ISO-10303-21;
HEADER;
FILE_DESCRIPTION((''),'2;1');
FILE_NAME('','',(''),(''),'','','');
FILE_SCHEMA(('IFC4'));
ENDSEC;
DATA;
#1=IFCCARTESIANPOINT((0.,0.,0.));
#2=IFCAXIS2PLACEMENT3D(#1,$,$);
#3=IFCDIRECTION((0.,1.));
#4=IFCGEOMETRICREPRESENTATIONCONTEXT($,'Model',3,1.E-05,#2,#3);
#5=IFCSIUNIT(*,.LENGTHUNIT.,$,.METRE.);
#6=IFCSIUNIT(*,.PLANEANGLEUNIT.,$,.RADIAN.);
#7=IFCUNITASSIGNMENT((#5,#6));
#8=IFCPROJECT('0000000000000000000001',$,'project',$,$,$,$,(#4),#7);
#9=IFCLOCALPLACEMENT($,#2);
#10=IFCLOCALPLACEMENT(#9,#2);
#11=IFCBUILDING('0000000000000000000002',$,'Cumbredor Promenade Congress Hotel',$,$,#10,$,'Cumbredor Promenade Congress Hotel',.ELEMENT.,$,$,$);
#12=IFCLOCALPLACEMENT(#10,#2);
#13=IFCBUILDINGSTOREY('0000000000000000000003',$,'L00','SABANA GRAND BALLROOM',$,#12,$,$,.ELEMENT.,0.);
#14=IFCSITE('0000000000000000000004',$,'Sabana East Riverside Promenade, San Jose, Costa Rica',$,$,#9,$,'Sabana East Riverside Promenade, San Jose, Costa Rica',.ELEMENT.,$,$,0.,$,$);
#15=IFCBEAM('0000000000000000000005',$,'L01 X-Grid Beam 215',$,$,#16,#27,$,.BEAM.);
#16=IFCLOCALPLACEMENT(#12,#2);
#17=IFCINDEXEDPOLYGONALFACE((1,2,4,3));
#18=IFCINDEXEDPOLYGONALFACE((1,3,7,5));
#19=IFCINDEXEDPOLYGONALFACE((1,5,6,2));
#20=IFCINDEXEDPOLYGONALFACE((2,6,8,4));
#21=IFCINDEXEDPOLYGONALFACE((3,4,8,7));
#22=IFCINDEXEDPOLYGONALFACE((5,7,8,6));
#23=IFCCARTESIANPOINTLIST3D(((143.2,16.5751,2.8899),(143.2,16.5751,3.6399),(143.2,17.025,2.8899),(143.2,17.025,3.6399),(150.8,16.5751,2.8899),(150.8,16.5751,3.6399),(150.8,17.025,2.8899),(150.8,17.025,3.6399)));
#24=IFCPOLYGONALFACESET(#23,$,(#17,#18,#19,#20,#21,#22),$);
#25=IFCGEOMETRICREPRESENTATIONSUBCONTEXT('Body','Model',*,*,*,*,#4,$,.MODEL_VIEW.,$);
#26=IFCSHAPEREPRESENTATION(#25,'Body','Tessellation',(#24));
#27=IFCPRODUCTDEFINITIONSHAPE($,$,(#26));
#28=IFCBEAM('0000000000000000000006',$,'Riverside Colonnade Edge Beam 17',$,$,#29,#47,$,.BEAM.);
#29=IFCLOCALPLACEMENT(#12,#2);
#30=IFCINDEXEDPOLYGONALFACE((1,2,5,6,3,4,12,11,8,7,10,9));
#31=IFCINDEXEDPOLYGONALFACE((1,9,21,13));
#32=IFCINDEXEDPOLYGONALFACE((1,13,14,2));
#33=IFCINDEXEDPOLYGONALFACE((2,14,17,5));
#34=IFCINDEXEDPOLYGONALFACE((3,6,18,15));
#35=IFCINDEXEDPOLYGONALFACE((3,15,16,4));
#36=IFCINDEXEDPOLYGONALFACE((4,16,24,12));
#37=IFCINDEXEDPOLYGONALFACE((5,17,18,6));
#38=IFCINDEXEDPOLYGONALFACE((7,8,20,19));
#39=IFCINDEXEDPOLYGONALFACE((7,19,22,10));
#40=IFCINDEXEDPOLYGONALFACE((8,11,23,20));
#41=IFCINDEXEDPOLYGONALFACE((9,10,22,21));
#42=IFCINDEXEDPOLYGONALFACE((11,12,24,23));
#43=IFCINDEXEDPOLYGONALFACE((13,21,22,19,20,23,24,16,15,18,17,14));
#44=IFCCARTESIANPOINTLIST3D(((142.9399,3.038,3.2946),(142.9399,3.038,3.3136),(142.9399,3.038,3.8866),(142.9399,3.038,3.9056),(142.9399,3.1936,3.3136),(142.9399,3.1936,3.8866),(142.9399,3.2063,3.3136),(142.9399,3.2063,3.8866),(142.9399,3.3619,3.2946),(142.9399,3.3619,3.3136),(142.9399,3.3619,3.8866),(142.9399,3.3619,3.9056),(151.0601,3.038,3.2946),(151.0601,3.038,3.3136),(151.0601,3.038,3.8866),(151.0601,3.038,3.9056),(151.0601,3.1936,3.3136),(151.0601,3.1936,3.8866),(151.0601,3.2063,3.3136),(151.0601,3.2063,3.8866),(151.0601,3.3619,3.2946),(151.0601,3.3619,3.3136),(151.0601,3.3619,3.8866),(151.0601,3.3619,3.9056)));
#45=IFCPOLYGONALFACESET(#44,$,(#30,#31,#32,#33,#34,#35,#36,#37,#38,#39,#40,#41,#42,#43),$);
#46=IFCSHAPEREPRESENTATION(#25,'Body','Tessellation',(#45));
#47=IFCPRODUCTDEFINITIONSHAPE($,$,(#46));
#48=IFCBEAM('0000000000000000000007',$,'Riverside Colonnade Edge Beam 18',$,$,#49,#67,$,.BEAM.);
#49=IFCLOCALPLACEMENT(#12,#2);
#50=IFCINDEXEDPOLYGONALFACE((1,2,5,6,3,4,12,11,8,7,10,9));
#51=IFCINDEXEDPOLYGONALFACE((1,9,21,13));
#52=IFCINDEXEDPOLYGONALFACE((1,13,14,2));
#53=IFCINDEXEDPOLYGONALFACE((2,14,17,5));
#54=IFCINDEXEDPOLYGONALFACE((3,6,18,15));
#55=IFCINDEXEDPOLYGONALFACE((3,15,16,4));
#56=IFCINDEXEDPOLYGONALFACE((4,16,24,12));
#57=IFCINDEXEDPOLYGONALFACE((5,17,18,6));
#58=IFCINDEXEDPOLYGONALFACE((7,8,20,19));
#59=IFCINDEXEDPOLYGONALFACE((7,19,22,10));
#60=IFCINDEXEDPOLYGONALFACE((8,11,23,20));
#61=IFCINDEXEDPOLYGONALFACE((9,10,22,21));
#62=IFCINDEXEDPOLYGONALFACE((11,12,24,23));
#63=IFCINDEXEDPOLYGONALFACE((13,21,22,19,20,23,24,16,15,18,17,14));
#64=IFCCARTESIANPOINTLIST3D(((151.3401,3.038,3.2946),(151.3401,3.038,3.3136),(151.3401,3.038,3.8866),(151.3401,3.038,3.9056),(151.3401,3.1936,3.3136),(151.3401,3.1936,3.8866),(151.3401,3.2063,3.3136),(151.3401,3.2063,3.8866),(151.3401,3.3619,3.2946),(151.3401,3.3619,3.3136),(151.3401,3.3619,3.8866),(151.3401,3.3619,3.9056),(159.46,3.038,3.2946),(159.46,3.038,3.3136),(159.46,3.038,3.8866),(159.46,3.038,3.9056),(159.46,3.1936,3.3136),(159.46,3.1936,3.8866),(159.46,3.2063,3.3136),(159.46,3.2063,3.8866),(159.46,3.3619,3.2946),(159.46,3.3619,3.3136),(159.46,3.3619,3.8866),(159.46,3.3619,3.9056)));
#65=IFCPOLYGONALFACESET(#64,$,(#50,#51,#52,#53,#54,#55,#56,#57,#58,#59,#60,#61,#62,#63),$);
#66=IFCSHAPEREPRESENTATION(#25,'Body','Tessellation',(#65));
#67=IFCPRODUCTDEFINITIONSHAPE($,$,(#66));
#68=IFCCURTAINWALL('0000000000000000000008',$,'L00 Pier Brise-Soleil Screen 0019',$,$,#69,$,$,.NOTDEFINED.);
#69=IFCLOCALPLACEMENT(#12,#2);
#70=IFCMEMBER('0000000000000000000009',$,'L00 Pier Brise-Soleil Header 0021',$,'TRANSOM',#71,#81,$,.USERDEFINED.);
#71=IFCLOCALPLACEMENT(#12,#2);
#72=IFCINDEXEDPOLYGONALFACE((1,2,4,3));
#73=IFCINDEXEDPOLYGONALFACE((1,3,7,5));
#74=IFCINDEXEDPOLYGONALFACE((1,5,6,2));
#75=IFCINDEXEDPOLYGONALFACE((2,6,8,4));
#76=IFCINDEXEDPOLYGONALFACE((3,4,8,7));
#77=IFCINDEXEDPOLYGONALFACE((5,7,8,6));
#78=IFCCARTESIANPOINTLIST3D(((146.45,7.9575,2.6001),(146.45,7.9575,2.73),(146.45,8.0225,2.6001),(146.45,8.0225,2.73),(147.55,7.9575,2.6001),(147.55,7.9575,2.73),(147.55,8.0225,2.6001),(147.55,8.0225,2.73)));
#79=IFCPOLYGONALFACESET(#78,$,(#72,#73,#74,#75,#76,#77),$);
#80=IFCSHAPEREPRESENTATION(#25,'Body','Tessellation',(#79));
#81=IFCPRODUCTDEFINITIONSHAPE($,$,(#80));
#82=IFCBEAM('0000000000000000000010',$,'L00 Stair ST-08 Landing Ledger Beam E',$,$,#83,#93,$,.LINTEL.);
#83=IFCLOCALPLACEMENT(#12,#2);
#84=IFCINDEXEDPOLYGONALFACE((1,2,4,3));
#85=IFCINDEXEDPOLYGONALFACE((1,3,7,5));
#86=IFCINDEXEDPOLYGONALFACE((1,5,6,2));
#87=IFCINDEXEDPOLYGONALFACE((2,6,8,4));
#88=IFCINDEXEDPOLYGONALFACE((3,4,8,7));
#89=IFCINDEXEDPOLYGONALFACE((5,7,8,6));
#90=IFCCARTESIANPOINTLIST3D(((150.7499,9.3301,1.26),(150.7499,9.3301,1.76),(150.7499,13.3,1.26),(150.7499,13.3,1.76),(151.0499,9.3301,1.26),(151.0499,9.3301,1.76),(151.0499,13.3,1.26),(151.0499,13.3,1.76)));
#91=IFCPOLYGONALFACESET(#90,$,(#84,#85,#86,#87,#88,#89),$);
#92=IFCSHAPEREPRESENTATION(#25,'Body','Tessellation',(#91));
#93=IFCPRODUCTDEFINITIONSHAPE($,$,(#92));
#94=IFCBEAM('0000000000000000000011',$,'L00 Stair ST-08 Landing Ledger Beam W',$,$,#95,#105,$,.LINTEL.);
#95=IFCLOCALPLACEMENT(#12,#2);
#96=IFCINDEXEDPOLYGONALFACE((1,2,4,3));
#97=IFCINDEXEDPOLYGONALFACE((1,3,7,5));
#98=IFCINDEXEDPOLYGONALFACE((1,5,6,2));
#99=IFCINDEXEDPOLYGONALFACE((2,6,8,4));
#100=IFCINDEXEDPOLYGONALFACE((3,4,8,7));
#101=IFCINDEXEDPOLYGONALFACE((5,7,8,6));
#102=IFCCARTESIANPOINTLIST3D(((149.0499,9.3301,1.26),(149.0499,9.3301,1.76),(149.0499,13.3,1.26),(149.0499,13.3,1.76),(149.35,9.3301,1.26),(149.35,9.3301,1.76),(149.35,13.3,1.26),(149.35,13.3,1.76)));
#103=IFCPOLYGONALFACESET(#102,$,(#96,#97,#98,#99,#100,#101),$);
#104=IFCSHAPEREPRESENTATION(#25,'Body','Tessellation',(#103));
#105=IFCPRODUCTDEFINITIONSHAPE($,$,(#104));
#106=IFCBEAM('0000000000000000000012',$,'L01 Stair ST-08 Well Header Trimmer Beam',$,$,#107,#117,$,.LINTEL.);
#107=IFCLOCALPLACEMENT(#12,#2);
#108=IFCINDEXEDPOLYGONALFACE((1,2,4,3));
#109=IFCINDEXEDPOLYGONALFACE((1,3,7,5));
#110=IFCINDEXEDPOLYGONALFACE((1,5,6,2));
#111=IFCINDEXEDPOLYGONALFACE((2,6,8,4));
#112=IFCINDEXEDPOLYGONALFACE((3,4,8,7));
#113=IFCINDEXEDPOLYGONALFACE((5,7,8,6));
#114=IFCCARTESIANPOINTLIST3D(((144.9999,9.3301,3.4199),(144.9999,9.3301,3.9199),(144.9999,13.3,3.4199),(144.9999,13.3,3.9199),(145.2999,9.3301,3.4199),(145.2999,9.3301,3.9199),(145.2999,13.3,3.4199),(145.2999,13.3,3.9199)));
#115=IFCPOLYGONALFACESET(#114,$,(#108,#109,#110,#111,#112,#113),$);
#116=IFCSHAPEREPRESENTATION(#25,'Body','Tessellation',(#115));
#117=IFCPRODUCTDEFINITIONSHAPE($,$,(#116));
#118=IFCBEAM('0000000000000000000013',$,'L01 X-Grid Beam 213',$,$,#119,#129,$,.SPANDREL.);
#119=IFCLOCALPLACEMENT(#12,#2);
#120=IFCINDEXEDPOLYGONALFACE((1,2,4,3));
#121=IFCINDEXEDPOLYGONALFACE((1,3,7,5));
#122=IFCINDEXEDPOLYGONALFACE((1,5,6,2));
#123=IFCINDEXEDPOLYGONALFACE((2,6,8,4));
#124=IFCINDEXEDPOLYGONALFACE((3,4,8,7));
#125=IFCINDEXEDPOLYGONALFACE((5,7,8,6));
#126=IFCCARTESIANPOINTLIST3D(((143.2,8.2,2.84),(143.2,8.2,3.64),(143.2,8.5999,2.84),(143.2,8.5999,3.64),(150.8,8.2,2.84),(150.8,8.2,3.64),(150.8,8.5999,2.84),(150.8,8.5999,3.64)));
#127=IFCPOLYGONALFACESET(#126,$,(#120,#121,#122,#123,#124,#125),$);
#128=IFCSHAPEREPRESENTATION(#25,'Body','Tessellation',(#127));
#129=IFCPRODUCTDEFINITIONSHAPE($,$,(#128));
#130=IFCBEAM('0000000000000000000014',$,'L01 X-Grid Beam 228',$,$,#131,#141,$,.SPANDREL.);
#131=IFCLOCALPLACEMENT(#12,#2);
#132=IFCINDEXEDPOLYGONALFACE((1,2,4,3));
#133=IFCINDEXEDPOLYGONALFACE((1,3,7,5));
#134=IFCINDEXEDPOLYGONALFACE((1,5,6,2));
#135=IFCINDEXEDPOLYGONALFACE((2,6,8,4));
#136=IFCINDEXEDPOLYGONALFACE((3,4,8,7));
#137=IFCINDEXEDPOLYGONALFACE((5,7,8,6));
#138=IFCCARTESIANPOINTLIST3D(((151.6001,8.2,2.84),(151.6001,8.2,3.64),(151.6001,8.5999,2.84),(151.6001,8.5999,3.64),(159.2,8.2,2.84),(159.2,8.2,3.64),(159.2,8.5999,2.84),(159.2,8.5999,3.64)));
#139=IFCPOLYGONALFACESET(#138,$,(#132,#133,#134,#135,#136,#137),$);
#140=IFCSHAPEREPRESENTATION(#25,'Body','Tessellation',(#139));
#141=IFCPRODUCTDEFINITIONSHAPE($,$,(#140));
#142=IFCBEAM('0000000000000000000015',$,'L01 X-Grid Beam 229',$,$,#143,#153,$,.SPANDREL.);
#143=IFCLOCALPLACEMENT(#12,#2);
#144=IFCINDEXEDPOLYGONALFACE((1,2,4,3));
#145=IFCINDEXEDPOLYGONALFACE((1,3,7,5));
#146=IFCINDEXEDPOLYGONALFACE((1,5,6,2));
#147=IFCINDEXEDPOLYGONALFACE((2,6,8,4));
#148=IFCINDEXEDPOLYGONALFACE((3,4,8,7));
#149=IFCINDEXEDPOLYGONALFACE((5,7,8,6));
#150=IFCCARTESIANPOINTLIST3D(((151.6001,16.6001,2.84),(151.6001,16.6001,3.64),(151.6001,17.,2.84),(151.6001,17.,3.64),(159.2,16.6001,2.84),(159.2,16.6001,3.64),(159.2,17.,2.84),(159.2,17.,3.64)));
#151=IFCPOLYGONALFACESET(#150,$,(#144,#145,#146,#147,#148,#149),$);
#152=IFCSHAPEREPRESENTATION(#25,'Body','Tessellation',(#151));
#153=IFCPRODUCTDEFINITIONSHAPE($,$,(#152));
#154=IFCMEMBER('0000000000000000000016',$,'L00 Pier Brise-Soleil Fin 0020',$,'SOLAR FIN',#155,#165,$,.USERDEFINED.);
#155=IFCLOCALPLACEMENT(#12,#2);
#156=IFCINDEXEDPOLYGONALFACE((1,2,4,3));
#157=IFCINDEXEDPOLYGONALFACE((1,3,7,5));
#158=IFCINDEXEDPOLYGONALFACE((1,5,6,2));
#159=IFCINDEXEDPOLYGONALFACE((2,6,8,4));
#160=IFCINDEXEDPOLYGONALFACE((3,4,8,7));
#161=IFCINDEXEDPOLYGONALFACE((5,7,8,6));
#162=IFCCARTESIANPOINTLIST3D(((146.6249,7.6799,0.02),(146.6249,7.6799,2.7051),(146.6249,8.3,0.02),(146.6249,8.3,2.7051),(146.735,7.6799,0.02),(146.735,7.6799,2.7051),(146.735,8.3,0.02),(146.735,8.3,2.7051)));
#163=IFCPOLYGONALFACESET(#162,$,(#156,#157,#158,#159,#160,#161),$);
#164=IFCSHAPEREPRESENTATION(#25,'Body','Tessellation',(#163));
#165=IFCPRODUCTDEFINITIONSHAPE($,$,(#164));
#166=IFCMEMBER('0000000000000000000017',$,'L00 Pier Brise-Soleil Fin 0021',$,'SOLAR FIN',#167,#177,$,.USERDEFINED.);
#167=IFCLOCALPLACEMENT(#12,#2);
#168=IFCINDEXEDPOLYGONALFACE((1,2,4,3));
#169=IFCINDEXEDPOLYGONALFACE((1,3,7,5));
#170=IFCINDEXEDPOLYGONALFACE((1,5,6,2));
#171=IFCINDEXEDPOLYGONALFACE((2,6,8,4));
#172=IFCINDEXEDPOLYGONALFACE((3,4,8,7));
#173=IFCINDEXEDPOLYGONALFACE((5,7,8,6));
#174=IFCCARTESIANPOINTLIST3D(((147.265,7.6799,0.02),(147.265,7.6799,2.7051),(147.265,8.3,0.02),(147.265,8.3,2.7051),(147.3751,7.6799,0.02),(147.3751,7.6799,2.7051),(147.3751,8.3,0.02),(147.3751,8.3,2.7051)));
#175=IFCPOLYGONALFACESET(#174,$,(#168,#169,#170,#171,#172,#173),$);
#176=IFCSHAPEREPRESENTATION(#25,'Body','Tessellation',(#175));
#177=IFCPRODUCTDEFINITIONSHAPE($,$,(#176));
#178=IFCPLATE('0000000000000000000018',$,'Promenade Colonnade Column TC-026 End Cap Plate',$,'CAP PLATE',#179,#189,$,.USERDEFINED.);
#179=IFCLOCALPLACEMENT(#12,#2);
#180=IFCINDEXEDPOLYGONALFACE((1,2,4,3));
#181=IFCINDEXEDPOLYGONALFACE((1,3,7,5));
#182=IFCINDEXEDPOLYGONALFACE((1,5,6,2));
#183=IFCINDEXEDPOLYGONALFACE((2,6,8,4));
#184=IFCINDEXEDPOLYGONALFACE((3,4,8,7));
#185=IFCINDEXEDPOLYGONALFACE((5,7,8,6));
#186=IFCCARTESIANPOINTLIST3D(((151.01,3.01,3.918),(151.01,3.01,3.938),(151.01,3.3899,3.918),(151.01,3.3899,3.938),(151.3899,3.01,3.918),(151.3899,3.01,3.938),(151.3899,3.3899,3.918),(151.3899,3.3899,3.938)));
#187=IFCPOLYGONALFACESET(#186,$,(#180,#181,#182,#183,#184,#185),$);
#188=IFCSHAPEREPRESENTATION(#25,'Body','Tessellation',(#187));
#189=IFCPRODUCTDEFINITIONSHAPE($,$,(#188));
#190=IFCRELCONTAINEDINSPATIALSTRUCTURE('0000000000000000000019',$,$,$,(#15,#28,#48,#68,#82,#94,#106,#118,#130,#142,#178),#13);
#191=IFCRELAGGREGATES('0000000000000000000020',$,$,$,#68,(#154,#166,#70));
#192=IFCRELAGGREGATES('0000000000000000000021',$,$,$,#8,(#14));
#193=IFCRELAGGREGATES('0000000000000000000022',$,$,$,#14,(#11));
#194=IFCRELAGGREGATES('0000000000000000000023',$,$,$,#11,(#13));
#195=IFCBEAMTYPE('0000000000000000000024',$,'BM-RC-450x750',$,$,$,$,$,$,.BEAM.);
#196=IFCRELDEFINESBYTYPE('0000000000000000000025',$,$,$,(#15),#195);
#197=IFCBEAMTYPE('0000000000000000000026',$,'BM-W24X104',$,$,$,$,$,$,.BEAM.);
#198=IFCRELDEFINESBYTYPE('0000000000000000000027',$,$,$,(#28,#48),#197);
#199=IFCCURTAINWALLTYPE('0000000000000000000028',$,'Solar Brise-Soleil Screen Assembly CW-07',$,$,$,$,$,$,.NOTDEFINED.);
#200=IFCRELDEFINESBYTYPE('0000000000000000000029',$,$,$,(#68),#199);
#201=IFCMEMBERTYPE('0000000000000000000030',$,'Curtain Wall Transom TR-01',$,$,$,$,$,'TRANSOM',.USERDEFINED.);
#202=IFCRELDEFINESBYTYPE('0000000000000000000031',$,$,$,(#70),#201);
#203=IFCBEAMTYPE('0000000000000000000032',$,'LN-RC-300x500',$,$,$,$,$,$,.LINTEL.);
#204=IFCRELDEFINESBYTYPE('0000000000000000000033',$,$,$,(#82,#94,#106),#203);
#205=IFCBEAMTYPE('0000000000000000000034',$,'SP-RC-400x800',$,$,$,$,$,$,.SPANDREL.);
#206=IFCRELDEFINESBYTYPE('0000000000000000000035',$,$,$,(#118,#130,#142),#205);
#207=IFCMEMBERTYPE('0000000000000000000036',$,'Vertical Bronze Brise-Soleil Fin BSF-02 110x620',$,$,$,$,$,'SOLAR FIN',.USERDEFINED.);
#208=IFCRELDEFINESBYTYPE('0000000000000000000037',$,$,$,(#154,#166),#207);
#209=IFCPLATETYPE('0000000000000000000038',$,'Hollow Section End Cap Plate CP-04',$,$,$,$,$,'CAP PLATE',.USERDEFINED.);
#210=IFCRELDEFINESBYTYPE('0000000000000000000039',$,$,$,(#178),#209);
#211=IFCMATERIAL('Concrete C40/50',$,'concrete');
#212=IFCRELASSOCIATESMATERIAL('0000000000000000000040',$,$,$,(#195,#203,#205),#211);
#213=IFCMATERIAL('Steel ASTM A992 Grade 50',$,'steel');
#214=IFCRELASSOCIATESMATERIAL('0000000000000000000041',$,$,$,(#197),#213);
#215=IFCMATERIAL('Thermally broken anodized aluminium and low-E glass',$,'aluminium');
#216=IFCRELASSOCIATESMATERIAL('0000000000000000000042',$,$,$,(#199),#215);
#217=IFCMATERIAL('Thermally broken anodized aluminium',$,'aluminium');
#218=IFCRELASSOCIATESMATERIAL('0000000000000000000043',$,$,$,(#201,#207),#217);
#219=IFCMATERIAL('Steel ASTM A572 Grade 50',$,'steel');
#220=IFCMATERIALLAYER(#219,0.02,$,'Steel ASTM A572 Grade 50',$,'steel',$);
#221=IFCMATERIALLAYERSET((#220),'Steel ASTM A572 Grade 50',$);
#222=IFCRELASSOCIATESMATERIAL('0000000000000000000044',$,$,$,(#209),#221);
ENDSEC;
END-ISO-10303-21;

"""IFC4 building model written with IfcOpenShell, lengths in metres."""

from ifc_helpers import new_model, si_unit, direction, frame, origin, origin_2d, place, context, subcontext, project, spatial, rectangle, i_section, extrude, material, layer, layer_set, material_profile, profile_set, type_object, element, aggregate, save


model = new_model("IFC4")

# Units and contexts
model_context = context("Model", 3, precision=1e-05, world=origin(), true_north=direction((0.0, 1.0)))
body_context = subcontext(model_context, "Body", "Model", "MODEL_VIEW")
ifc_project = project(units=[si_unit("LENGTHUNIT", "METRE"), si_unit("PLANEANGLEUNIT", "RADIAN")], contexts=[model_context])

# Site, building, storey
site_placement = place(None, origin())
site = spatial("IfcSite", under=ifc_project, at=site_placement, Name="Sabana East Riverside Promenade, San Jose, Costa Rica", LongName="Sabana East Riverside Promenade, San Jose, Costa Rica", CompositionType="ELEMENT", RefElevation=0.0)
building_placement = place(site_placement, origin())
building = spatial("IfcBuilding", under=site, at=building_placement, Name="Cumbredor Promenade Congress Hotel", LongName="Cumbredor Promenade Congress Hotel", CompositionType="ELEMENT")
storey_placement = place(building_placement, origin())
storey = spatial("IfcBuildingStorey", under=building, at=storey_placement, Name="L00", Description="SABANA GRAND BALLROOM", CompositionType="ELEMENT", Elevation=0.0)

# Beams
ifc_material_1 = material(Name="Concrete C40/50", Category="concrete")
ifc_material_profile_1 = material_profile(ifc_material_1, rectangle(XDim=0.45, YDim=0.75, at=origin_2d()), Name="RC BEAM 450x750")
ifc_profile_set_1 = profile_set([ifc_material_profile_1], Name="Concrete C40/50")
beam_type_1 = type_object("IfcBeamType", Name="BM-RC-450x750", PredefinedType="BEAM", material=ifc_profile_set_1)
beam_1_placement = place(storey_placement, frame((143.2, 16.8, 3.2649), z_axis=(1.0, 0.0, 0.0), x_axis=(0.0, 1.0, 0.0)))
element("IfcBeam", 1, at=beam_1_placement, inside=storey, type_object=beam_type_1, Name="L01 X-Grid Beam 215", PredefinedType="BEAM", context=body_context, shape_type="SweptSolid", body=[
    extrude(rectangle(XDim=0.45, YDim=0.75, at=origin_2d()), origin(), (0.0, 0.0, 1.0), 7.6001),
])
ifc_material_2 = material(Name="Steel ASTM A992 Grade 50", Category="steel")
ifc_material_profile_2 = material_profile(ifc_material_2, i_section(OverallWidth=0.324, OverallDepth=0.6111, WebThickness=0.0127, FlangeThickness=0.019, at=origin_2d()), Name="W24X104")
ifc_profile_set_2 = profile_set([ifc_material_profile_2], Name="Steel ASTM A992 Grade 50")
beam_type_2 = type_object("IfcBeamType", Name="BM-W24X104", PredefinedType="BEAM", material=ifc_profile_set_2)
beam_2_placement = place(storey_placement, frame((142.9399, 3.2, 3.6001), z_axis=(1.0, 0.0, 0.0), x_axis=(0.0, 1.0, 0.0)))
element("IfcBeam", 2, at=beam_2_placement, inside=storey, type_object=beam_type_2, Name="Riverside Colonnade Edge Beam 17", PredefinedType="BEAM", context=body_context, shape_type="SweptSolid", body=[
    extrude(i_section(OverallWidth=0.324, OverallDepth=0.6111, WebThickness=0.0127, FlangeThickness=0.019, at=origin_2d()), origin(), (0.0, 0.0, 1.0), 8.1201),
])
beam_3_placement = place(storey_placement, frame((151.3401, 3.2, 3.6001), z_axis=(1.0, 0.0, 0.0), x_axis=(0.0, 1.0, 0.0)))
element("IfcBeam", 3, at=beam_3_placement, inside=storey, type_object=beam_type_2, Name="Riverside Colonnade Edge Beam 18", PredefinedType="BEAM", context=body_context, shape_type="SweptSolid", body=[
    extrude(i_section(OverallWidth=0.324, OverallDepth=0.6111, WebThickness=0.0127, FlangeThickness=0.019, at=origin_2d()), origin(), (0.0, 0.0, 1.0), 8.1199),
])

# Curtain wall, member
ifc_material_3 = material(Name="Thermally broken anodized aluminium and low-E glass", Category="aluminium")
curtain_wall_type = type_object("IfcCurtainWallType", Name="Solar Brise-Soleil Screen Assembly CW-07", PredefinedType="NOTDEFINED", material=ifc_material_3)
curtain_wall_placement = place(storey_placement, origin())
curtain_wall = element("IfcCurtainWall", 4, at=curtain_wall_placement, inside=storey, type_object=curtain_wall_type, Name="L00 Pier Brise-Soleil Screen 0019", PredefinedType="NOTDEFINED")
ifc_material_4 = material(Name="Thermally broken anodized aluminium", Category="aluminium")
ifc_material_profile_3 = material_profile(ifc_material_4, rectangle(XDim=0.0649, YDim=0.1299, at=origin_2d()), Name="ALU TRANSOM 65x130")
ifc_profile_set_3 = profile_set([ifc_material_profile_3], Name="Thermally broken anodized aluminium")
member_type_1 = type_object("IfcMemberType", Name="Curtain Wall Transom TR-01", ElementType="TRANSOM", PredefinedType="USERDEFINED", material=ifc_profile_set_3)
member_1_placement = place(storey_placement, frame((146.45, 7.99, 2.665), z_axis=(1.0, 0.0, 0.0), x_axis=(0.0, 1.0, 0.0)))
member_1 = element("IfcMember", 5, at=member_1_placement, type_object=member_type_1, Name="L00 Pier Brise-Soleil Header 0021", ObjectType="TRANSOM", PredefinedType="USERDEFINED", context=body_context, shape_type="SweptSolid", body=[
    extrude(rectangle(XDim=0.0649, YDim=0.1299, at=origin_2d()), origin(), (0.0, 0.0, 1.0), 1.1001),
])

# Beams
ifc_material_profile_4 = material_profile(ifc_material_1, rectangle(XDim=0.3, YDim=0.5, at=origin_2d()), Name="RC LINTEL 300x500")
ifc_profile_set_4 = profile_set([ifc_material_profile_4], Name="Concrete C40/50")
beam_type_3 = type_object("IfcBeamType", Name="LN-RC-300x500", PredefinedType="LINTEL", material=ifc_profile_set_4)
for number, where, z_axis, x_axis, name in (
    (6, (150.8999, 9.3301, 1.51), (0.0, 1.0, 0.0), (-1.0, 0.0, 0.0), "L00 Stair ST-08 Landing Ledger Beam E"),
    (7, (149.2, 9.3301, 1.51), (0.0, 1.0, 0.0), (-1.0, 0.0, 0.0), "L00 Stair ST-08 Landing Ledger Beam W"),
    (8, (145.1499, 9.3301, 3.6699), (0.0, 1.0, 0.0), (-1.0, 0.0, 0.0), "L01 Stair ST-08 Well Header Trimmer Beam"),
):
    element("IfcBeam", number, at=place(storey_placement, frame(where, z_axis=z_axis, x_axis=x_axis)), inside=storey, type_object=beam_type_3, Name=name, PredefinedType="LINTEL", context=body_context, shape_type="SweptSolid", body=[
        extrude(rectangle(XDim=0.3, YDim=0.5, at=origin_2d()), origin(), (0.0, 0.0, 1.0), 3.97),
    ])
ifc_material_profile_5 = material_profile(ifc_material_1, rectangle(XDim=0.3999, YDim=0.8, at=origin_2d()), Name="RC SPANDREL 400x800")
ifc_profile_set_5 = profile_set([ifc_material_profile_5], Name="Concrete C40/50")
beam_type_4 = type_object("IfcBeamType", Name="SP-RC-400x800", PredefinedType="SPANDREL", material=ifc_profile_set_5)
beam_4_placement = place(storey_placement, frame((143.2, 8.3999, 3.24), z_axis=(1.0, 0.0, 0.0), x_axis=(0.0, 1.0, 0.0)))
element("IfcBeam", 9, at=beam_4_placement, inside=storey, type_object=beam_type_4, Name="L01 X-Grid Beam 213", PredefinedType="SPANDREL", context=body_context, shape_type="SweptSolid", body=[
    extrude(rectangle(XDim=0.3999, YDim=0.8, at=origin_2d()), origin(), (0.0, 0.0, 1.0), 7.6001),
])
for number, where, z_axis, x_axis, name in (
    (10, (151.6001, 8.3999, 3.24), (1.0, 0.0, 0.0), (0.0, 1.0, 0.0), "L01 X-Grid Beam 228"),
    (11, (151.6001, 16.8, 3.24), (1.0, 0.0, 0.0), (0.0, 1.0, 0.0), "L01 X-Grid Beam 229"),
):
    element("IfcBeam", number, at=place(storey_placement, frame(where, z_axis=z_axis, x_axis=x_axis)), inside=storey, type_object=beam_type_4, Name=name, PredefinedType="SPANDREL", context=body_context, shape_type="SweptSolid", body=[
        extrude(rectangle(XDim=0.3999, YDim=0.8, at=origin_2d()), origin(), (0.0, 0.0, 1.0), 7.5999),
    ])

# Members
ifc_material_profile_6 = material_profile(ifc_material_4, rectangle(XDim=0.1101, YDim=0.6201, at=origin_2d()), Name="ARCH FIN 110x620")
ifc_profile_set_6 = profile_set([ifc_material_profile_6], Name="Thermally broken anodized aluminium")
member_type_2 = type_object("IfcMemberType", Name="Vertical Bronze Brise-Soleil Fin BSF-02 110x620", ElementType="SOLAR FIN", PredefinedType="USERDEFINED", material=ifc_profile_set_6)
member_2_placement = place(storey_placement, frame((146.6799, 7.99, 0.02), z_axis=(0.0, 0.0, 1.0), x_axis=(1.0, 0.0, 0.0)))
member_2 = element("IfcMember", 12, at=member_2_placement, type_object=member_type_2, Name="L00 Pier Brise-Soleil Fin 0020", ObjectType="SOLAR FIN", PredefinedType="USERDEFINED", context=body_context, shape_type="SweptSolid", body=[
    extrude(rectangle(XDim=0.1101, YDim=0.6201, at=origin_2d()), origin(), (0.0, 0.0, 1.0), 2.6851),
])
member_3_placement = place(storey_placement, frame((147.3201, 7.99, 0.02), z_axis=(0.0, 0.0, 1.0), x_axis=(1.0, 0.0, 0.0)))
member_3 = element("IfcMember", 13, at=member_3_placement, type_object=member_type_2, Name="L00 Pier Brise-Soleil Fin 0021", ObjectType="SOLAR FIN", PredefinedType="USERDEFINED", context=body_context, shape_type="SweptSolid", body=[
    extrude(rectangle(XDim=0.1101, YDim=0.6201, at=origin_2d()), origin(), (0.0, 0.0, 1.0), 2.6851),
])
aggregate(curtain_wall, [member_2, member_3, member_1])

# Plate
ifc_material_5 = material(Name="Steel ASTM A572 Grade 50", Category="steel")
ifc_layer_1 = layer(ifc_material_5, 0.02, Name="Steel ASTM A572 Grade 50", Category="steel")
ifc_layer_set_1 = layer_set([ifc_layer_1], Name="Steel ASTM A572 Grade 50")
plate_type_1 = type_object("IfcPlateType", Name="Hollow Section End Cap Plate CP-04", ElementType="CAP PLATE", PredefinedType="USERDEFINED", material=ifc_layer_set_1)
plate_1_placement = place(storey_placement, frame((151.2, 3.2, 3.918), z_axis=(0.0, 0.0, 1.0), x_axis=(1.0, 0.0, 0.0)))
element("IfcPlate", 14, at=plate_1_placement, inside=storey, type_object=plate_type_1, Name="Promenade Colonnade Column TC-026 End Cap Plate", ObjectType="CAP PLATE", PredefinedType="USERDEFINED", context=body_context, shape_type="SweptSolid", body=[
    extrude(rectangle(XDim=0.3799, YDim=0.3799, at=origin_2d()), origin(), (0.0, 0.0, 1.0), 0.02),
])

save(model, "model.ifc")
